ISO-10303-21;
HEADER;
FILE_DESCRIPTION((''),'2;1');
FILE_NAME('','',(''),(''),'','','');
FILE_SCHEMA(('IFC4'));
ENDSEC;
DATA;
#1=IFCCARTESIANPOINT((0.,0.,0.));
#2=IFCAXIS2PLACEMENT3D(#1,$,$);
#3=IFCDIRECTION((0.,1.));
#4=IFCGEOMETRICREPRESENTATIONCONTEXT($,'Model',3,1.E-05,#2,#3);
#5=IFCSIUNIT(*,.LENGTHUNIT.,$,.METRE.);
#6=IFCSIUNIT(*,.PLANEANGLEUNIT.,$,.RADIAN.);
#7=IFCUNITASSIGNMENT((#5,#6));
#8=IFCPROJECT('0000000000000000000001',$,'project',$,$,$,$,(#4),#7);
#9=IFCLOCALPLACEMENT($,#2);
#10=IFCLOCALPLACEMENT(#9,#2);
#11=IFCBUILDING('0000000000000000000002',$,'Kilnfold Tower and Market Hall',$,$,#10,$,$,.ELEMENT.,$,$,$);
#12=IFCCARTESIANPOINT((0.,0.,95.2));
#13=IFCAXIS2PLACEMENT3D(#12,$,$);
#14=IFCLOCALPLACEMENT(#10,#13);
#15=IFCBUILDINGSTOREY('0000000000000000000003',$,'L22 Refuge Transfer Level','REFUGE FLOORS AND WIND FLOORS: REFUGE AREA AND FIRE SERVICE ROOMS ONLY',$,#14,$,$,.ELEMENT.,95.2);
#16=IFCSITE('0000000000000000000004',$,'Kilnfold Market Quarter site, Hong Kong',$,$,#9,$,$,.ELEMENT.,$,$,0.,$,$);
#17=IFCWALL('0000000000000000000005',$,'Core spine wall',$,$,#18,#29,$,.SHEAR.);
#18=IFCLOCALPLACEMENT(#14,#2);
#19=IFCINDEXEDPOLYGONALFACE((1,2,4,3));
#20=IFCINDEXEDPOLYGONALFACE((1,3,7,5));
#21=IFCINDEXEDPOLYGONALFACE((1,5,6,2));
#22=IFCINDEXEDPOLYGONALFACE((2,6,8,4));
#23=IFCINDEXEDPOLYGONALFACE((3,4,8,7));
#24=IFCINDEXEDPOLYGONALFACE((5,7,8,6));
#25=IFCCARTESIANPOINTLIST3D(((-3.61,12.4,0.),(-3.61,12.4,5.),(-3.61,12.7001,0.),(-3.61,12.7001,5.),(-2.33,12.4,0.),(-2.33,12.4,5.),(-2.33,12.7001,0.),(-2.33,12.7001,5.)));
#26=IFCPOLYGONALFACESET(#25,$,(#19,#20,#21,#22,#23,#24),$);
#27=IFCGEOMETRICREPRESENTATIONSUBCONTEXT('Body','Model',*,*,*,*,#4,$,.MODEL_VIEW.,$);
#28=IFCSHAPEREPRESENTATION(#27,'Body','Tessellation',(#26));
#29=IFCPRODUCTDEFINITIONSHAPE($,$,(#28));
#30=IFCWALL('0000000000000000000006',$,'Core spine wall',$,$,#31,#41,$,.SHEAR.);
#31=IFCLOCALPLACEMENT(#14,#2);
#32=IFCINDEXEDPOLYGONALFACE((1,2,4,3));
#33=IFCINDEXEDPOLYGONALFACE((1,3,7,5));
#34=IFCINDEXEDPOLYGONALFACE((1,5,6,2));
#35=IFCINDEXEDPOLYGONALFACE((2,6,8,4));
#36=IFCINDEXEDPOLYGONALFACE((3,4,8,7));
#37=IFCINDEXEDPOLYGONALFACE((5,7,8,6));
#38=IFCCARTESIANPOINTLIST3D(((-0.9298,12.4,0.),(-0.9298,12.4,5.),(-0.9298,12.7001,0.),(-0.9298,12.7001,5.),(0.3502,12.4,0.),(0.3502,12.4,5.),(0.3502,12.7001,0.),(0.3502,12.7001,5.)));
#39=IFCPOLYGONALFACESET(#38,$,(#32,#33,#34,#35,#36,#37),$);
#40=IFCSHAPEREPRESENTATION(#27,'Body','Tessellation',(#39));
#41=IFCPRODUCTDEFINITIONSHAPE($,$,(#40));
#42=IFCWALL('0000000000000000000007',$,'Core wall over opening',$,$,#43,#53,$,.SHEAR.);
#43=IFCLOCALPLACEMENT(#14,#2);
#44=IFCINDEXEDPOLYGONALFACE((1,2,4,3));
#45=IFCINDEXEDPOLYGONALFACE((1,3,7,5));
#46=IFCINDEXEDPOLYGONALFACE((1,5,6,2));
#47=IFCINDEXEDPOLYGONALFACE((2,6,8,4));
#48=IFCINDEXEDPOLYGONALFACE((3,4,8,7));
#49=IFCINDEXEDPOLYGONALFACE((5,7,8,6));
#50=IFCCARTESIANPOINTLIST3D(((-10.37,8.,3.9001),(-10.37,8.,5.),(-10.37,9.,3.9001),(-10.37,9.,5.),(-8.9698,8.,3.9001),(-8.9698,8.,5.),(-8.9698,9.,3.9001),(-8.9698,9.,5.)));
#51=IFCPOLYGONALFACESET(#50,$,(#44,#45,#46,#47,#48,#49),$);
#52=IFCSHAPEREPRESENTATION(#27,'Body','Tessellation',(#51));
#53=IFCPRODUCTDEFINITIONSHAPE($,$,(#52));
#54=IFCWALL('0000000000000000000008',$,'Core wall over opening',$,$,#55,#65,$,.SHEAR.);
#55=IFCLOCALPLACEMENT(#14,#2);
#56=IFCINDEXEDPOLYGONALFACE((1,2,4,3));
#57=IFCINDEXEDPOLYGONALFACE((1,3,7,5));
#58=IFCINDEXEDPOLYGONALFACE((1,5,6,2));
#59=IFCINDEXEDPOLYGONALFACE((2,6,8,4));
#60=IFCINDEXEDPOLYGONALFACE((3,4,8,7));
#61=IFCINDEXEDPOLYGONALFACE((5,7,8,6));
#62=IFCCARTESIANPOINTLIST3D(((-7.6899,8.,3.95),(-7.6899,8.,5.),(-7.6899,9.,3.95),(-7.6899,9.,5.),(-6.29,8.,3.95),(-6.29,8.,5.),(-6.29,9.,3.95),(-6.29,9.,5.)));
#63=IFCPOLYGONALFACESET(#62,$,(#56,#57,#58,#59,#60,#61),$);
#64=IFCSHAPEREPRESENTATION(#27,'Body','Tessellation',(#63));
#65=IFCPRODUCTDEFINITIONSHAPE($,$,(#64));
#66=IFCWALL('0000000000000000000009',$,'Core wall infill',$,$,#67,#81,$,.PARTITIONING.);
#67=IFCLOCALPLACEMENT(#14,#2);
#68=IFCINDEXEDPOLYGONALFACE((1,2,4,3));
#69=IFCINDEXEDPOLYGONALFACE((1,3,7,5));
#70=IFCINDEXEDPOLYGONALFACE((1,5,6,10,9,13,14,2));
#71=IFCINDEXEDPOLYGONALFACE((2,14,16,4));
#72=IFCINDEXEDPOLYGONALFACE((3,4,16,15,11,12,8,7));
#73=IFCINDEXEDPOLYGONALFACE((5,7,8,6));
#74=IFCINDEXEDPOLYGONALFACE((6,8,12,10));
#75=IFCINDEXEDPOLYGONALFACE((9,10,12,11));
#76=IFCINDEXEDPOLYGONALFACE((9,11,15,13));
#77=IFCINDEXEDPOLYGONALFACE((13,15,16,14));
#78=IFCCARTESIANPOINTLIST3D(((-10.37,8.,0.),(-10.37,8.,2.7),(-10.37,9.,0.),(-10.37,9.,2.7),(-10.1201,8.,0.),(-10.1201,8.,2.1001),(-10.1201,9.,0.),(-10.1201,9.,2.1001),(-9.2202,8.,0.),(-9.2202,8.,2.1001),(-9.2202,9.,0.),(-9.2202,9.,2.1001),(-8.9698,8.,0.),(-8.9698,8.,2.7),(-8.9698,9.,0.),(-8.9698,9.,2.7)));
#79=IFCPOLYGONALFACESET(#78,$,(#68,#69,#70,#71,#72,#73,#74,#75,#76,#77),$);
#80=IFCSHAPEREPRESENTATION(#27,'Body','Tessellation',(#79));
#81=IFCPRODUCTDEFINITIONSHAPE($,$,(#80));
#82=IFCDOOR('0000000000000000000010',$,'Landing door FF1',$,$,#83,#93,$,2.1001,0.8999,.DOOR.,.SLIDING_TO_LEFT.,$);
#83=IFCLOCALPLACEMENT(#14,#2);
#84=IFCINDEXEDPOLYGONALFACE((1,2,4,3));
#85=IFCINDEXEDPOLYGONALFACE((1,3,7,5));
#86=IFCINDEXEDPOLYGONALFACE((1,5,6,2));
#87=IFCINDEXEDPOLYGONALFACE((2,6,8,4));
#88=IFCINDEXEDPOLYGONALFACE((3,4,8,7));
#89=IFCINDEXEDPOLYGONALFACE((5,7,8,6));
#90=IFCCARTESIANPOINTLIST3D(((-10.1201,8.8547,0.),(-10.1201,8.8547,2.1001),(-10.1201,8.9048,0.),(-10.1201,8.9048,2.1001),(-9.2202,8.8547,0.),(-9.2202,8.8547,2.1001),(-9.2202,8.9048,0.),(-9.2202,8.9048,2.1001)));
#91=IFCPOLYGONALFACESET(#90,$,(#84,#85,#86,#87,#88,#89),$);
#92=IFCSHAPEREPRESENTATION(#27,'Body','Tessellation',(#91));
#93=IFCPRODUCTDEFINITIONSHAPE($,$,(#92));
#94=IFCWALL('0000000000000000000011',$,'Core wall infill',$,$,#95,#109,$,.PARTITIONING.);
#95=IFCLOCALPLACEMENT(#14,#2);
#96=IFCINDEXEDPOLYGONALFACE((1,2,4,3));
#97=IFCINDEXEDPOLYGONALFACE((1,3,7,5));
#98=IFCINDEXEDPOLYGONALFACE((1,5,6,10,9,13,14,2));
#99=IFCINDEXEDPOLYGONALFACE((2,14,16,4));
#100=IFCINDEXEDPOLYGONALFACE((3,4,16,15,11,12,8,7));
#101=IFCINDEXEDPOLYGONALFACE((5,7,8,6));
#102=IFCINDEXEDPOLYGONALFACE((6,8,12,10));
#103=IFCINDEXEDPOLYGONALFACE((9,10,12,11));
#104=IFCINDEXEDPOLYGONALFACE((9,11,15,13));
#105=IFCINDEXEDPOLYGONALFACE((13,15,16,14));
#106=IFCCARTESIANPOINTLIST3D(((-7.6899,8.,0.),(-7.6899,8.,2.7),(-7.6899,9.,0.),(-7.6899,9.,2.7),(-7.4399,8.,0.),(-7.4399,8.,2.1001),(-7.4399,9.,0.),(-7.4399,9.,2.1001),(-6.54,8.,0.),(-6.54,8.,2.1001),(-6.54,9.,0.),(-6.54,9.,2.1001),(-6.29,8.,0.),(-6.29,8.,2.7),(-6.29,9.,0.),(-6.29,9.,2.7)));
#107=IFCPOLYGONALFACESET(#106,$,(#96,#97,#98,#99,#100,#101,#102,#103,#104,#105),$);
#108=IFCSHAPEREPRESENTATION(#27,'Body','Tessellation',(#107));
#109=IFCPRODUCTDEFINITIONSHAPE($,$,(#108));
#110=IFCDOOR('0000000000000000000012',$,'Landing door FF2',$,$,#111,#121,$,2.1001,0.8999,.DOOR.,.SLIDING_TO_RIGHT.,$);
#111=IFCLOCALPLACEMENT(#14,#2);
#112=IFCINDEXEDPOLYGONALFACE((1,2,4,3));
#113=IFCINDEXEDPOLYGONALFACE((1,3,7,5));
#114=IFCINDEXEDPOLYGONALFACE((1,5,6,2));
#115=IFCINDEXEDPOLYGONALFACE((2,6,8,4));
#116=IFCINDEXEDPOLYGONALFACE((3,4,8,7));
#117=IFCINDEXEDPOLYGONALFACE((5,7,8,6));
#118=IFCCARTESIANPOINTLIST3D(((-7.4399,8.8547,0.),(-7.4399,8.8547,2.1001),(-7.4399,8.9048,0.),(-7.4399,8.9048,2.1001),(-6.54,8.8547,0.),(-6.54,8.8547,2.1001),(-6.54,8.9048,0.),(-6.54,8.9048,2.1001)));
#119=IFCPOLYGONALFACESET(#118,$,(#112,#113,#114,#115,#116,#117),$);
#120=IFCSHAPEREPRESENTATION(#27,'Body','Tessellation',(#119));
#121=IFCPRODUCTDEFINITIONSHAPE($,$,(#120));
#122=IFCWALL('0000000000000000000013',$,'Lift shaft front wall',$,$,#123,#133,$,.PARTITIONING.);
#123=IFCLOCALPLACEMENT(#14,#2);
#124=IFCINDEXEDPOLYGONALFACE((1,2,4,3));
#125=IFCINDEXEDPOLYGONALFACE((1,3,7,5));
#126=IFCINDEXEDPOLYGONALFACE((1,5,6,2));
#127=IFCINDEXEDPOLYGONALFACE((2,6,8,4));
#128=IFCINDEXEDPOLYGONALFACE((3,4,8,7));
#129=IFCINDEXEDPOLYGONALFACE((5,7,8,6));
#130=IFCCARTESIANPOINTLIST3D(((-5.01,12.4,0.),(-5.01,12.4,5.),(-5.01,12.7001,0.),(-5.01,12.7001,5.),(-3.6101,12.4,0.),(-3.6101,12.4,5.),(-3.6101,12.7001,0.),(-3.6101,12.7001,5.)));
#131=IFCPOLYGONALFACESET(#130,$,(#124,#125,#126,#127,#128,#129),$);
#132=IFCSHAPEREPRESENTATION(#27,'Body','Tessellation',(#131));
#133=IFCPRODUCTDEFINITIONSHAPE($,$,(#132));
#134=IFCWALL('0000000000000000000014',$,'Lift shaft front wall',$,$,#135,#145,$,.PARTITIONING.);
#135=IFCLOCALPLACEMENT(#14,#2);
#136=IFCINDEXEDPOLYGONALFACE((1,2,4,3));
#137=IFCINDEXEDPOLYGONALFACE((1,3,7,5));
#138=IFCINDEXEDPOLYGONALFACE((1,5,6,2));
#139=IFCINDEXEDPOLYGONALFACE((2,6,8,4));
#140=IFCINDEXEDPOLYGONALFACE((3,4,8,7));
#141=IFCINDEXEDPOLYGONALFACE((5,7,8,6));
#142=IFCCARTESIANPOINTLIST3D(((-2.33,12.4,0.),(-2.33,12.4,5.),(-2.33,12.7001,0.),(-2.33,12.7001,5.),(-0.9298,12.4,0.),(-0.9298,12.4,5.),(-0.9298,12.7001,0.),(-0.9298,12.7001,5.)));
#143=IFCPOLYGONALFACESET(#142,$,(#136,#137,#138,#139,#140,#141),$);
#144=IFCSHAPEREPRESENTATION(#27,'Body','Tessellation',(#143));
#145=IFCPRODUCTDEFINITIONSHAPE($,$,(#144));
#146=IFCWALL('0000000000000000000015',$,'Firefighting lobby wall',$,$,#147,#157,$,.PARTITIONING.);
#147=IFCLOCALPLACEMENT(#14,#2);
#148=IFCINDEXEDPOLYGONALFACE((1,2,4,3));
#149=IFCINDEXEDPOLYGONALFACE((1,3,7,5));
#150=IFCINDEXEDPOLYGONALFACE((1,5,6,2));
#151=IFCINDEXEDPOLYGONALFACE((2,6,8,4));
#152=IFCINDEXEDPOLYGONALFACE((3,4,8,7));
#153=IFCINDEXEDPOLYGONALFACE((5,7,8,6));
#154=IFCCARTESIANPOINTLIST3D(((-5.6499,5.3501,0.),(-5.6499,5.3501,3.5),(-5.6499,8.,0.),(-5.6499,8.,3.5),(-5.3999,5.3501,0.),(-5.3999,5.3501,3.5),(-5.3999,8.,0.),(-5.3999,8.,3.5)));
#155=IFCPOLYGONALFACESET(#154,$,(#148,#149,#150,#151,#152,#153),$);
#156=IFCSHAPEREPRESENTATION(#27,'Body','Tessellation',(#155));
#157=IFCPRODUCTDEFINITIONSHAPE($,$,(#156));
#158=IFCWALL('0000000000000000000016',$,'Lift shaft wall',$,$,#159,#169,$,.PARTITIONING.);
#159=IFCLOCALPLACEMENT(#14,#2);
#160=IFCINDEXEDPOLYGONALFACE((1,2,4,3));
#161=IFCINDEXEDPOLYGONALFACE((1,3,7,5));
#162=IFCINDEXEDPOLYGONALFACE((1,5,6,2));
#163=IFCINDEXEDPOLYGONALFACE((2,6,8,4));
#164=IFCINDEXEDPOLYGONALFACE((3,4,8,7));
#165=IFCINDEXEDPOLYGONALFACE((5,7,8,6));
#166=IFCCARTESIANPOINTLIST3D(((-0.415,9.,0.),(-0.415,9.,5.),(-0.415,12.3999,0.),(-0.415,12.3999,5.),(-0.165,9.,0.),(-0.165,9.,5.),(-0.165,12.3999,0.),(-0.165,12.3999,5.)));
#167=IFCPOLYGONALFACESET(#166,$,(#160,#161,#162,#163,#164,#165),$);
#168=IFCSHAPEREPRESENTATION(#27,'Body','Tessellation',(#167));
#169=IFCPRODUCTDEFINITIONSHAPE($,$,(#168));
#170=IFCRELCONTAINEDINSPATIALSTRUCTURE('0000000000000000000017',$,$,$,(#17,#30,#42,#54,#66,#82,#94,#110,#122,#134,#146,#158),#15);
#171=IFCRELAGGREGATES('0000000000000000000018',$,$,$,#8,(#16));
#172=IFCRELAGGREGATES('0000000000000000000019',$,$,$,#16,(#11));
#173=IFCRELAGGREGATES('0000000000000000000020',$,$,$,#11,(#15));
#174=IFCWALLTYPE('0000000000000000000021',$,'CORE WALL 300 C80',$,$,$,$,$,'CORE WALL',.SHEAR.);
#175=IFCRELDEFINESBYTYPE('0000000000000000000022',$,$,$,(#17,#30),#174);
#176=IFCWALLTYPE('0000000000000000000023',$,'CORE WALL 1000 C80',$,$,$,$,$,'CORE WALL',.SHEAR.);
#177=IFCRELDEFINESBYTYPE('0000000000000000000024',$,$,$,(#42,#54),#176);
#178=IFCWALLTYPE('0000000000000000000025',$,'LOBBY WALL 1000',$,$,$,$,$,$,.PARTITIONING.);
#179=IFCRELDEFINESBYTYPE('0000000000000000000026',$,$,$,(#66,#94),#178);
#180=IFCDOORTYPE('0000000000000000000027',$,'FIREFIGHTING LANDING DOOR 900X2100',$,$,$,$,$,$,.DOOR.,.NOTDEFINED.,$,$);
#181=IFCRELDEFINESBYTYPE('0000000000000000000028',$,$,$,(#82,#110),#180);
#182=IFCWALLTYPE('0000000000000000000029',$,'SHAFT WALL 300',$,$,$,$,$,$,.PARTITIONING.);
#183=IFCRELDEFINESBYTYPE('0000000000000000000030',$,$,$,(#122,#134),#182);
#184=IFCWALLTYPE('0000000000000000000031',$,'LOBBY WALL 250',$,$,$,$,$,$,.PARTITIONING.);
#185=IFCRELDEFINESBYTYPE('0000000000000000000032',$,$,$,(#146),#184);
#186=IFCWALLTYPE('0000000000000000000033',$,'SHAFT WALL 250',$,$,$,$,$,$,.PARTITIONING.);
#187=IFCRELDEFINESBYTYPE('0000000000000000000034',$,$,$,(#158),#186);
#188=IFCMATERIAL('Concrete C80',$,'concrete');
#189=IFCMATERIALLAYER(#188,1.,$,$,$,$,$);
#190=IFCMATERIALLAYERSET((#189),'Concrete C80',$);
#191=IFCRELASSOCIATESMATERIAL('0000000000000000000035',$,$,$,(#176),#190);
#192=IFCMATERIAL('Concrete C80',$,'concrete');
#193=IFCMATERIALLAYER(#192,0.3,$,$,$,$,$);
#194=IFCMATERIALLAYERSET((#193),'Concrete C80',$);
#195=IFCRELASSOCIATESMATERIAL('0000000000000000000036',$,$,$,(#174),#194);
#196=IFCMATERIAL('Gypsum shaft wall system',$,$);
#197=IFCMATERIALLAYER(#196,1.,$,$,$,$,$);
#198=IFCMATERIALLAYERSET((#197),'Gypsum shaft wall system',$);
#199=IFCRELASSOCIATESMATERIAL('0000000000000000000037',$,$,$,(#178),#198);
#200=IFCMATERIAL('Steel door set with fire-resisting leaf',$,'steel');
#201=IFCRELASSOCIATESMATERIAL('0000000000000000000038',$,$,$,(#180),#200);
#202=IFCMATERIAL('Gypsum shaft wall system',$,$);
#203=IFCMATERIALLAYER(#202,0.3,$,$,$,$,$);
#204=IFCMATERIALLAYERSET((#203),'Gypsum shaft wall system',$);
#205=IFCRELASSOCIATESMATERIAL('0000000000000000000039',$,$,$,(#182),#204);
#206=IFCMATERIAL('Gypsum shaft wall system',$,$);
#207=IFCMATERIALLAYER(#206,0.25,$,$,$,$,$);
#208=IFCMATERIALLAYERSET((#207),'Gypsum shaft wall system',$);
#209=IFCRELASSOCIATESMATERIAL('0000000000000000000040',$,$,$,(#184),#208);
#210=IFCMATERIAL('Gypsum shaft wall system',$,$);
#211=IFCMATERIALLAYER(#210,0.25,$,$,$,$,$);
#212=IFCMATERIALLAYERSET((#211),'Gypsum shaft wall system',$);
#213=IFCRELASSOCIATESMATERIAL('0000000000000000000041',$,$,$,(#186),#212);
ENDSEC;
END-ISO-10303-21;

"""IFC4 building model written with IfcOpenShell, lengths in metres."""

from ifc_helpers import new_model, si_unit, direction, frame, frame_2d, origin, place, context, subcontext, project, spatial, rectangle, extrude, source, transform, mapped, material, layer, layer_set, type_object, element, fill, save


model = new_model("IFC4")

# Units and contexts
model_context = context("Model", 3, precision=1e-05, world=origin(), true_north=direction((0.0, 1.0)))
body_context = subcontext(model_context, "Body", "Model", "MODEL_VIEW")
ifc_project = project(units=[si_unit("LENGTHUNIT", "METRE"), si_unit("PLANEANGLEUNIT", "RADIAN")], contexts=[model_context])

# Site, building, storey
site_placement = place(None, origin())
site = spatial("IfcSite", under=ifc_project, at=site_placement, Name="Kilnfold Market Quarter site, Hong Kong", CompositionType="ELEMENT", RefElevation=0.0)
building_placement = place(site_placement, origin())
building = spatial("IfcBuilding", under=site, at=building_placement, Name="Kilnfold Tower and Market Hall", CompositionType="ELEMENT")
storey_placement = place(building_placement, frame((0.0, 0.0, 95.2)))
storey = spatial("IfcBuildingStorey", under=building, at=storey_placement, Name="L22 Refuge Transfer Level", Description="REFUGE FLOORS AND WIND FLOORS: REFUGE AREA AND FIRE SERVICE ROOMS ONLY", CompositionType="ELEMENT", Elevation=95.2)

# Walls
ifc_material_1 = material(Name="Concrete C80", Category="concrete")
ifc_layer_1 = layer(ifc_material_1, 1.0)
ifc_layer_set_1 = layer_set([ifc_layer_1], Name="Concrete C80")
wall_type_1 = type_object("IfcWallType", Name="CORE WALL 1000 C80", ElementType="CORE WALL", PredefinedType="SHEAR", material=ifc_layer_set_1)
ifc_material_2 = material(Name="Concrete C80", Category="concrete")
ifc_layer_2 = layer(ifc_material_2, 0.3)
ifc_layer_set_2 = layer_set([ifc_layer_2], Name="Concrete C80")
wall_type_2 = type_object("IfcWallType", Name="CORE WALL 300 C80", ElementType="CORE WALL", PredefinedType="SHEAR", material=ifc_layer_set_2)
shared_shape_1 = source(origin(), body_context, "Body", "SweptSolid", [
    extrude(rectangle(XDim=1.28, YDim=0.3, at=frame_2d((0.6401, 0.0))), origin(), (0.0, 0.0, 1.0), 5.0),
])
for number, where, z_axis, x_axis, name in (
    (1, (-3.6101, 12.55, 0.0), (0.0, 0.0, 1.0), (1.0, 0.0, 0.0), "Core spine wall"),
    (2, (-0.9299, 12.55, 0.0), (0.0, 0.0, 1.0), (1.0, 0.0, 0.0), "Core spine wall"),
):
    element("IfcWall", number, at=place(storey_placement, frame(where, z_axis=z_axis, x_axis=x_axis)), inside=storey, type_object=wall_type_2, Name=name, PredefinedType="SHEAR", context=body_context, shape_type="MappedRepresentation", body=[
        mapped(shared_shape_1, transform((0.0, 0.0, 0.0))),
    ])
shared_shape_2 = source(origin(), body_context, "Body", "SweptSolid", [
    extrude(rectangle(XDim=1.4001, YDim=1.0, at=frame_2d((0.7002, 0.0))), origin(), (0.0, 0.0, 1.0), 1.0999),
])
wall_1_placement = place(storey_placement, frame((-10.3701, 8.5, 3.9001), z_axis=(0.0, 0.0, 1.0), x_axis=(1.0, 0.0, 0.0)))
element("IfcWall", 3, at=wall_1_placement, inside=storey, type_object=wall_type_1, Name="Core wall over opening", PredefinedType="SHEAR", context=body_context, shape_type="MappedRepresentation", body=[
    mapped(shared_shape_2, transform((0.0, 0.0, 0.0))),
])
shared_shape_3 = source(origin(), body_context, "Body", "SweptSolid", [
    extrude(rectangle(XDim=1.3999, YDim=1.0, at=frame_2d((0.7, 0.0))), origin(), (0.0, 0.0, 1.0), 1.05),
])
wall_2_placement = place(storey_placement, frame((-7.6899, 8.5, 3.95), z_axis=(0.0, 0.0, 1.0), x_axis=(1.0, 0.0, 0.0)))
element("IfcWall", 4, at=wall_2_placement, inside=storey, type_object=wall_type_1, Name="Core wall over opening", PredefinedType="SHEAR", context=body_context, shape_type="MappedRepresentation", body=[
    mapped(shared_shape_3, transform((0.0, 0.0, 0.0))),
])

# Walls, openings, doors
ifc_material_3 = material(Name="Gypsum shaft wall system")
ifc_layer_3 = layer(ifc_material_3, 1.0)
ifc_layer_set_3 = layer_set([ifc_layer_3], Name="Gypsum shaft wall system")
wall_type_3 = type_object("IfcWallType", Name="LOBBY WALL 1000", PredefinedType="PARTITIONING", material=ifc_layer_set_3)
shared_shape_4 = source(origin(), body_context, "Body", "SweptSolid", [
    extrude(rectangle(XDim=1.4001, YDim=1.0, at=frame_2d((0.7002, 0.0))), origin(), (0.0, 0.0, 1.0), 2.7),
])
wall_3_placement = place(storey_placement, frame((-10.3701, 8.5, 0.0), z_axis=(0.0, 0.0, 1.0), x_axis=(1.0, 0.0, 0.0)))
wall_3 = element("IfcWall", 5, at=wall_3_placement, inside=storey, type_object=wall_type_3, Name="Core wall infill", PredefinedType="PARTITIONING", context=body_context, shape_type="MappedRepresentation", body=[
    mapped(shared_shape_4, transform((0.0, 0.0, 0.0))),
])
opening_1_placement = place(wall_3_placement, frame((0.25, 0.0, 0.0)))
opening_1 = element("IfcOpeningElement", 6, at=opening_1_placement, cuts=wall_3, PredefinedType="OPENING", context=body_context, shape_type="SweptSolid", body=[
    extrude(rectangle(XDim=0.8999, YDim=2.1001, at=frame_2d((0.45, 1.05))), frame((0.0, 0.51, 0.0), z_axis=(0.0, -1.0, 0.0), x_axis=(1.0, 0.0, 0.0)), (0.0, 0.0, 1.0), 1.02),
])
ifc_material_4 = material(Name="Steel door set with fire-resisting leaf", Category="steel")
door_type_1 = type_object("IfcDoorType", Name="FIREFIGHTING LANDING DOOR 900X2100", OperationType="NOTDEFINED", PredefinedType="DOOR", material=ifc_material_4)
door_1_placement = place(opening_1_placement, origin())
door_1 = element("IfcDoor", 7, at=door_1_placement, inside=storey, type_object=door_type_1, Name="Landing door FF1", OperationType="SLIDING_TO_LEFT", OverallHeight=2.1001, OverallWidth=0.8999, PredefinedType="DOOR", context=body_context, shape_type="SweptSolid", body=[
    extrude(rectangle(XDim=0.8999, YDim=2.1001, at=frame_2d((0.45, 1.05))), frame((0.0, 0.4048, 0.0), z_axis=(0.0, -1.0, 0.0), x_axis=(1.0, 0.0, 0.0)), (0.0, 0.0, 1.0), 0.05),
])
fill(opening_1, door_1)
shared_shape_5 = source(origin(), body_context, "Body", "SweptSolid", [
    extrude(rectangle(XDim=1.3999, YDim=1.0, at=frame_2d((0.7, 0.0))), origin(), (0.0, 0.0, 1.0), 2.7),
])
wall_4_placement = place(storey_placement, frame((-7.6899, 8.5, 0.0), z_axis=(0.0, 0.0, 1.0), x_axis=(1.0, 0.0, 0.0)))
wall_4 = element("IfcWall", 8, at=wall_4_placement, inside=storey, type_object=wall_type_3, Name="Core wall infill", PredefinedType="PARTITIONING", context=body_context, shape_type="MappedRepresentation", body=[
    mapped(shared_shape_5, transform((0.0, 0.0, 0.0))),
])
opening_2_placement = place(wall_4_placement, frame((0.25, 0.0, 0.0)))
opening_2 = element("IfcOpeningElement", 9, at=opening_2_placement, cuts=wall_4, PredefinedType="OPENING", context=body_context, shape_type="SweptSolid", body=[
    extrude(rectangle(XDim=0.8999, YDim=2.1001, at=frame_2d((0.45, 1.05))), frame((0.0, 0.51, 0.0), z_axis=(0.0, -1.0, 0.0), x_axis=(1.0, 0.0, 0.0)), (0.0, 0.0, 1.0), 1.02),
])
door_2_placement = place(opening_2_placement, origin())
door_2 = element("IfcDoor", 10, at=door_2_placement, inside=storey, type_object=door_type_1, Name="Landing door FF2", OperationType="SLIDING_TO_RIGHT", OverallHeight=2.1001, OverallWidth=0.8999, PredefinedType="DOOR", context=body_context, shape_type="SweptSolid", body=[
    extrude(rectangle(XDim=0.8999, YDim=2.1001, at=frame_2d((0.45, 1.05))), frame((0.0, 0.4048, 0.0), z_axis=(0.0, -1.0, 0.0), x_axis=(1.0, 0.0, 0.0)), (0.0, 0.0, 1.0), 0.05),
])
fill(opening_2, door_2)

# Walls
ifc_material_5 = material(Name="Gypsum shaft wall system")
ifc_layer_4 = layer(ifc_material_5, 0.3)
ifc_layer_set_4 = layer_set([ifc_layer_4], Name="Gypsum shaft wall system")
wall_type_4 = type_object("IfcWallType", Name="SHAFT WALL 300", PredefinedType="PARTITIONING", material=ifc_layer_set_4)
shared_shape_6 = source(origin(), body_context, "Body", "SweptSolid", [
    extrude(rectangle(XDim=1.3999, YDim=0.3, at=frame_2d((0.7, 0.0))), origin(), (0.0, 0.0, 1.0), 5.0),
])
wall_5_placement = place(storey_placement, frame((-5.01, 12.55, 0.0), z_axis=(0.0, 0.0, 1.0), x_axis=(1.0, 0.0, 0.0)))
element("IfcWall", 11, at=wall_5_placement, inside=storey, type_object=wall_type_4, Name="Lift shaft front wall", PredefinedType="PARTITIONING", context=body_context, shape_type="MappedRepresentation", body=[
    mapped(shared_shape_6, transform((0.0, 0.0, 0.0))),
])
shared_shape_7 = source(origin(), body_context, "Body", "SweptSolid", [
    extrude(rectangle(XDim=1.4001, YDim=0.3, at=frame_2d((0.7002, 0.0))), origin(), (0.0, 0.0, 1.0), 5.0),
])
wall_6_placement = place(storey_placement, frame((-2.3301, 12.55, 0.0), z_axis=(0.0, 0.0, 1.0), x_axis=(1.0, 0.0, 0.0)))
element("IfcWall", 12, at=wall_6_placement, inside=storey, type_object=wall_type_4, Name="Lift shaft front wall", PredefinedType="PARTITIONING", context=body_context, shape_type="MappedRepresentation", body=[
    mapped(shared_shape_7, transform((0.0, 0.0, 0.0))),
])
ifc_material_6 = material(Name="Gypsum shaft wall system")
ifc_layer_5 = layer(ifc_material_6, 0.25)
ifc_layer_set_5 = layer_set([ifc_layer_5], Name="Gypsum shaft wall system")
wall_type_5 = type_object("IfcWallType", Name="LOBBY WALL 250", PredefinedType="PARTITIONING", material=ifc_layer_set_5)
shared_shape_8 = source(origin(), body_context, "Body", "SweptSolid", [
    extrude(rectangle(XDim=2.6499, YDim=0.25, at=frame_2d((1.325, 0.0))), origin(), (0.0, 0.0, 1.0), 3.5),
])
wall_7_placement = place(storey_placement, frame((-5.5249, 5.3501, 0.0), z_axis=(0.0, 0.0, 1.0), x_axis=(0.0, 1.0, 0.0)))
element("IfcWall", 13, at=wall_7_placement, inside=storey, type_object=wall_type_5, Name="Firefighting lobby wall", PredefinedType="PARTITIONING", context=body_context, shape_type="MappedRepresentation", body=[
    mapped(shared_shape_8, transform((0.0, 0.0, 0.0))),
])
ifc_material_7 = material(Name="Gypsum shaft wall system")
ifc_layer_6 = layer(ifc_material_7, 0.25)
ifc_layer_set_6 = layer_set([ifc_layer_6], Name="Gypsum shaft wall system")
wall_type_6 = type_object("IfcWallType", Name="SHAFT WALL 250", PredefinedType="PARTITIONING", material=ifc_layer_set_6)
shared_shape_9 = source(origin(), body_context, "Body", "SweptSolid", [
    extrude(rectangle(XDim=3.3999, YDim=0.25, at=frame_2d((1.7, 0.0))), origin(), (0.0, 0.0, 1.0), 5.0),
])
for number, where, z_axis, x_axis, name in (
    (14, (-0.29, 9.0, 0.0), (0.0, 0.0, 1.0), (0.0, 1.0, 0.0), "Lift shaft wall"),
):
    element("IfcWall", number, at=place(storey_placement, frame(where, z_axis=z_axis, x_axis=x_axis)), inside=storey, type_object=wall_type_6, Name=name, PredefinedType="PARTITIONING", context=body_context, shape_type="MappedRepresentation", body=[
        mapped(shared_shape_9, transform((0.0, 0.0, 0.0))),
    ])

save(model, "model.ifc")
